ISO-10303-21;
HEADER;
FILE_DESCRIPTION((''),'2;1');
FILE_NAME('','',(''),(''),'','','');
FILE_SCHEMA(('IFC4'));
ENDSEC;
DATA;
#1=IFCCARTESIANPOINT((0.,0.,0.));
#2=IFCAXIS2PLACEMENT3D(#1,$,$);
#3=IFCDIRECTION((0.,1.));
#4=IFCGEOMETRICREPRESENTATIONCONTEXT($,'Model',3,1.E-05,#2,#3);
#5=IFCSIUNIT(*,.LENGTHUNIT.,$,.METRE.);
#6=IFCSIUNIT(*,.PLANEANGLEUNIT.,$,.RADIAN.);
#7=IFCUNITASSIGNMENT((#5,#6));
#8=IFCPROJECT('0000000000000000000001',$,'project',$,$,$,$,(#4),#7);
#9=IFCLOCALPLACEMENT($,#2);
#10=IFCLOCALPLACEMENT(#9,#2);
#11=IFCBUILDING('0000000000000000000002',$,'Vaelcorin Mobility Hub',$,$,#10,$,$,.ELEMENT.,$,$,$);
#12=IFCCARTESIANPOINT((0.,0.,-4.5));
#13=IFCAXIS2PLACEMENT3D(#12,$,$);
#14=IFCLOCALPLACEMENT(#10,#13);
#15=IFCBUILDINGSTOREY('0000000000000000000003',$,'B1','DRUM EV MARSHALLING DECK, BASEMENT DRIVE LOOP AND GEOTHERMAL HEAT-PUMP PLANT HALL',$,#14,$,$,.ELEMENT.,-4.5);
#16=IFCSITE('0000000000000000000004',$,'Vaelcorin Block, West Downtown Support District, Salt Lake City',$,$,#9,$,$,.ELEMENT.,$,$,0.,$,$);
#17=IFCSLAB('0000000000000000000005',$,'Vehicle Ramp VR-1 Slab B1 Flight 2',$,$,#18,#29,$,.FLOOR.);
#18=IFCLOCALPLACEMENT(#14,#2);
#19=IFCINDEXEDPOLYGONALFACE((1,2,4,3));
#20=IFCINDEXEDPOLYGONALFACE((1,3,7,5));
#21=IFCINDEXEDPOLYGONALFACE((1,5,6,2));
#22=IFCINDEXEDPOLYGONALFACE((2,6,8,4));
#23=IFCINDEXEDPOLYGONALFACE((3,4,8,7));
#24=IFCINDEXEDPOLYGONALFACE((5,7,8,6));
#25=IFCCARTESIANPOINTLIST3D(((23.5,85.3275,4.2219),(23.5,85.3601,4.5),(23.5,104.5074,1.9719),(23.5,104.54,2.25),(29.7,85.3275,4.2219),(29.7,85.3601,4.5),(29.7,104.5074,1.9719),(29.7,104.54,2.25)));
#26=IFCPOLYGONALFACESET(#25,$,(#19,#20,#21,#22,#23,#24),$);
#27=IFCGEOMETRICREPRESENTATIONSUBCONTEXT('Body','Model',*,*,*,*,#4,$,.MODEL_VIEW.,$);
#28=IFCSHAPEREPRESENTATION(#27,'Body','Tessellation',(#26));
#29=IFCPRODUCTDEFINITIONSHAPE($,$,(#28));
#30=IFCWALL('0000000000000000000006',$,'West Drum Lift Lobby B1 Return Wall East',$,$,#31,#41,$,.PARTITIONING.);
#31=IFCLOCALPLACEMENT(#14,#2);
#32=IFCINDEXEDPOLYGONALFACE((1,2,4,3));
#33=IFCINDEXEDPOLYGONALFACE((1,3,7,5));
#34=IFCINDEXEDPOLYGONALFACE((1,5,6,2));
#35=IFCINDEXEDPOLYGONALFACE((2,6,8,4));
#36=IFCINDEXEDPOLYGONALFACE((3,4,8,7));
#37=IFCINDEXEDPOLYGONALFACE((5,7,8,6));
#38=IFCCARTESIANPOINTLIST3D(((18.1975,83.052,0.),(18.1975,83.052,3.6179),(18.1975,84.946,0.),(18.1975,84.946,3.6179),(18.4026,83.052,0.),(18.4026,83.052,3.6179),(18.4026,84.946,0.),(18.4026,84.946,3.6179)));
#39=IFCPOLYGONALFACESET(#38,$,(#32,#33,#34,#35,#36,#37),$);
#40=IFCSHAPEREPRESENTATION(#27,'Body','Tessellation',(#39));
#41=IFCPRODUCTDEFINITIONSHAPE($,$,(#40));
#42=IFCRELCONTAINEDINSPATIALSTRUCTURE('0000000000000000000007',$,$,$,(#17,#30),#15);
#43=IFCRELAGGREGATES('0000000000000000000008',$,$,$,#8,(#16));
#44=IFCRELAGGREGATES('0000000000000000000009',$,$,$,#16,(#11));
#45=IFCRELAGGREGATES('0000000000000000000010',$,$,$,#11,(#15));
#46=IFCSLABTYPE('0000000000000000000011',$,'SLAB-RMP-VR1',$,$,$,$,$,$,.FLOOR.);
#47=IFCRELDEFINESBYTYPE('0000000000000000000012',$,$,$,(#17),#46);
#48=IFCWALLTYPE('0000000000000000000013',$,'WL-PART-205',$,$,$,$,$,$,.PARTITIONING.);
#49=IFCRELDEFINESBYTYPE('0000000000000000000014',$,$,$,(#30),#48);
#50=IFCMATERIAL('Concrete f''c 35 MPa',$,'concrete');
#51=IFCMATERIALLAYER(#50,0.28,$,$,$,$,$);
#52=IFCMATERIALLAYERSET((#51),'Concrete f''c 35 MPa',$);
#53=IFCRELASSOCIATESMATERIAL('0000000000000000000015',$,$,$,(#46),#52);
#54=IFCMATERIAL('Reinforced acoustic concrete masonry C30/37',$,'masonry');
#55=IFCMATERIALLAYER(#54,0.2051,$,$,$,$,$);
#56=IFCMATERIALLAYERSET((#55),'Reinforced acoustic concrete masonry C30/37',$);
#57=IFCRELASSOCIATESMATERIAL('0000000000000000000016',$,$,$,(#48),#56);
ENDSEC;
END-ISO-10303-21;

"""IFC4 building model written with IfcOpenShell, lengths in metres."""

from ifc_helpers import new_model, si_unit, direction, frame, frame_2d, origin, place, context, subcontext, project, spatial, polyline, rectangle, outline, extrude, material, layer, layer_set, type_object, element, save


model = new_model("IFC4")

# Units and contexts
model_context = context("Model", 3, precision=1e-05, world=origin(), true_north=direction((0.0, 1.0)))
body_context = subcontext(model_context, "Body", "Model", "MODEL_VIEW")
ifc_project = project(units=[si_unit("LENGTHUNIT", "METRE"), si_unit("PLANEANGLEUNIT", "RADIAN")], contexts=[model_context])

# Site, building, storey
site_placement = place(None, origin())
site = spatial("IfcSite", under=ifc_project, at=site_placement, Name="Vaelcorin Block, West Downtown Support District, Salt Lake City", CompositionType="ELEMENT", RefElevation=0.0)
building_placement = place(site_placement, origin())
building = spatial("IfcBuilding", under=site, at=building_placement, Name="Vaelcorin Mobility Hub", CompositionType="ELEMENT")
storey_placement = place(building_placement, frame((0.0, 0.0, -4.5)))
storey = spatial("IfcBuildingStorey", under=building, at=storey_placement, Name="B1", Description="DRUM EV MARSHALLING DECK, BASEMENT DRIVE LOOP AND GEOTHERMAL HEAT-PUMP PLANT HALL", CompositionType="ELEMENT", Elevation=-4.5)

# Slab
ifc_material_1 = material(Name="Concrete f'c 35 MPa", Category="concrete")
ifc_layer_1 = layer(ifc_material_1, 0.28)
ifc_layer_set_1 = layer_set([ifc_layer_1], Name="Concrete f'c 35 MPa")
slab_type = type_object("IfcSlabType", Name="SLAB-RMP-VR1", PredefinedType="FLOOR", material=ifc_layer_set_1)
slab_placement = place(storey_placement, frame((23.5, 85.3601, 4.5), z_axis=(0.0, 0.116511, 0.993189), x_axis=(1.0, 0.0, 0.0)))
element("IfcSlab", 1, at=slab_placement, inside=storey, type_object=slab_type, Name="Vehicle Ramp VR-1 Slab B1 Flight 2", PredefinedType="FLOOR", context=body_context, shape_type="SweptSolid", body=[
    extrude(outline(polyline([(0.0, 0.0), (6.2, 0.0), (6.2, 19.3115), (0.0, 19.3115), (0.0, 0.0)])), origin(), (0.0, 0.0, -1.0), 0.28),
])

# Wall
ifc_material_2 = material(Name="Reinforced acoustic concrete masonry C30/37", Category="masonry")
ifc_layer_2 = layer(ifc_material_2, 0.2051)
ifc_layer_set_2 = layer_set([ifc_layer_2], Name="Reinforced acoustic concrete masonry C30/37")
wall_type = type_object("IfcWallType", Name="WL-PART-205", PredefinedType="PARTITIONING", material=ifc_layer_set_2)
wall_placement = place(storey_placement, frame((18.3, 84.946, 0.0), z_axis=(0.0, 0.0, 1.0), x_axis=(0.0, -1.0, 0.0)))
element("IfcWall", 2, at=wall_placement, inside=storey, type_object=wall_type, Name="West Drum Lift Lobby B1 Return Wall East", PredefinedType="PARTITIONING", context=body_context, shape_type="SweptSolid", body=[
    extrude(rectangle(XDim=1.894, YDim=0.2051, at=frame_2d((0.947, 0.0))), origin(), (0.0, 0.0, 1.0), 3.6179),
])

save(model, "model.ifc")
